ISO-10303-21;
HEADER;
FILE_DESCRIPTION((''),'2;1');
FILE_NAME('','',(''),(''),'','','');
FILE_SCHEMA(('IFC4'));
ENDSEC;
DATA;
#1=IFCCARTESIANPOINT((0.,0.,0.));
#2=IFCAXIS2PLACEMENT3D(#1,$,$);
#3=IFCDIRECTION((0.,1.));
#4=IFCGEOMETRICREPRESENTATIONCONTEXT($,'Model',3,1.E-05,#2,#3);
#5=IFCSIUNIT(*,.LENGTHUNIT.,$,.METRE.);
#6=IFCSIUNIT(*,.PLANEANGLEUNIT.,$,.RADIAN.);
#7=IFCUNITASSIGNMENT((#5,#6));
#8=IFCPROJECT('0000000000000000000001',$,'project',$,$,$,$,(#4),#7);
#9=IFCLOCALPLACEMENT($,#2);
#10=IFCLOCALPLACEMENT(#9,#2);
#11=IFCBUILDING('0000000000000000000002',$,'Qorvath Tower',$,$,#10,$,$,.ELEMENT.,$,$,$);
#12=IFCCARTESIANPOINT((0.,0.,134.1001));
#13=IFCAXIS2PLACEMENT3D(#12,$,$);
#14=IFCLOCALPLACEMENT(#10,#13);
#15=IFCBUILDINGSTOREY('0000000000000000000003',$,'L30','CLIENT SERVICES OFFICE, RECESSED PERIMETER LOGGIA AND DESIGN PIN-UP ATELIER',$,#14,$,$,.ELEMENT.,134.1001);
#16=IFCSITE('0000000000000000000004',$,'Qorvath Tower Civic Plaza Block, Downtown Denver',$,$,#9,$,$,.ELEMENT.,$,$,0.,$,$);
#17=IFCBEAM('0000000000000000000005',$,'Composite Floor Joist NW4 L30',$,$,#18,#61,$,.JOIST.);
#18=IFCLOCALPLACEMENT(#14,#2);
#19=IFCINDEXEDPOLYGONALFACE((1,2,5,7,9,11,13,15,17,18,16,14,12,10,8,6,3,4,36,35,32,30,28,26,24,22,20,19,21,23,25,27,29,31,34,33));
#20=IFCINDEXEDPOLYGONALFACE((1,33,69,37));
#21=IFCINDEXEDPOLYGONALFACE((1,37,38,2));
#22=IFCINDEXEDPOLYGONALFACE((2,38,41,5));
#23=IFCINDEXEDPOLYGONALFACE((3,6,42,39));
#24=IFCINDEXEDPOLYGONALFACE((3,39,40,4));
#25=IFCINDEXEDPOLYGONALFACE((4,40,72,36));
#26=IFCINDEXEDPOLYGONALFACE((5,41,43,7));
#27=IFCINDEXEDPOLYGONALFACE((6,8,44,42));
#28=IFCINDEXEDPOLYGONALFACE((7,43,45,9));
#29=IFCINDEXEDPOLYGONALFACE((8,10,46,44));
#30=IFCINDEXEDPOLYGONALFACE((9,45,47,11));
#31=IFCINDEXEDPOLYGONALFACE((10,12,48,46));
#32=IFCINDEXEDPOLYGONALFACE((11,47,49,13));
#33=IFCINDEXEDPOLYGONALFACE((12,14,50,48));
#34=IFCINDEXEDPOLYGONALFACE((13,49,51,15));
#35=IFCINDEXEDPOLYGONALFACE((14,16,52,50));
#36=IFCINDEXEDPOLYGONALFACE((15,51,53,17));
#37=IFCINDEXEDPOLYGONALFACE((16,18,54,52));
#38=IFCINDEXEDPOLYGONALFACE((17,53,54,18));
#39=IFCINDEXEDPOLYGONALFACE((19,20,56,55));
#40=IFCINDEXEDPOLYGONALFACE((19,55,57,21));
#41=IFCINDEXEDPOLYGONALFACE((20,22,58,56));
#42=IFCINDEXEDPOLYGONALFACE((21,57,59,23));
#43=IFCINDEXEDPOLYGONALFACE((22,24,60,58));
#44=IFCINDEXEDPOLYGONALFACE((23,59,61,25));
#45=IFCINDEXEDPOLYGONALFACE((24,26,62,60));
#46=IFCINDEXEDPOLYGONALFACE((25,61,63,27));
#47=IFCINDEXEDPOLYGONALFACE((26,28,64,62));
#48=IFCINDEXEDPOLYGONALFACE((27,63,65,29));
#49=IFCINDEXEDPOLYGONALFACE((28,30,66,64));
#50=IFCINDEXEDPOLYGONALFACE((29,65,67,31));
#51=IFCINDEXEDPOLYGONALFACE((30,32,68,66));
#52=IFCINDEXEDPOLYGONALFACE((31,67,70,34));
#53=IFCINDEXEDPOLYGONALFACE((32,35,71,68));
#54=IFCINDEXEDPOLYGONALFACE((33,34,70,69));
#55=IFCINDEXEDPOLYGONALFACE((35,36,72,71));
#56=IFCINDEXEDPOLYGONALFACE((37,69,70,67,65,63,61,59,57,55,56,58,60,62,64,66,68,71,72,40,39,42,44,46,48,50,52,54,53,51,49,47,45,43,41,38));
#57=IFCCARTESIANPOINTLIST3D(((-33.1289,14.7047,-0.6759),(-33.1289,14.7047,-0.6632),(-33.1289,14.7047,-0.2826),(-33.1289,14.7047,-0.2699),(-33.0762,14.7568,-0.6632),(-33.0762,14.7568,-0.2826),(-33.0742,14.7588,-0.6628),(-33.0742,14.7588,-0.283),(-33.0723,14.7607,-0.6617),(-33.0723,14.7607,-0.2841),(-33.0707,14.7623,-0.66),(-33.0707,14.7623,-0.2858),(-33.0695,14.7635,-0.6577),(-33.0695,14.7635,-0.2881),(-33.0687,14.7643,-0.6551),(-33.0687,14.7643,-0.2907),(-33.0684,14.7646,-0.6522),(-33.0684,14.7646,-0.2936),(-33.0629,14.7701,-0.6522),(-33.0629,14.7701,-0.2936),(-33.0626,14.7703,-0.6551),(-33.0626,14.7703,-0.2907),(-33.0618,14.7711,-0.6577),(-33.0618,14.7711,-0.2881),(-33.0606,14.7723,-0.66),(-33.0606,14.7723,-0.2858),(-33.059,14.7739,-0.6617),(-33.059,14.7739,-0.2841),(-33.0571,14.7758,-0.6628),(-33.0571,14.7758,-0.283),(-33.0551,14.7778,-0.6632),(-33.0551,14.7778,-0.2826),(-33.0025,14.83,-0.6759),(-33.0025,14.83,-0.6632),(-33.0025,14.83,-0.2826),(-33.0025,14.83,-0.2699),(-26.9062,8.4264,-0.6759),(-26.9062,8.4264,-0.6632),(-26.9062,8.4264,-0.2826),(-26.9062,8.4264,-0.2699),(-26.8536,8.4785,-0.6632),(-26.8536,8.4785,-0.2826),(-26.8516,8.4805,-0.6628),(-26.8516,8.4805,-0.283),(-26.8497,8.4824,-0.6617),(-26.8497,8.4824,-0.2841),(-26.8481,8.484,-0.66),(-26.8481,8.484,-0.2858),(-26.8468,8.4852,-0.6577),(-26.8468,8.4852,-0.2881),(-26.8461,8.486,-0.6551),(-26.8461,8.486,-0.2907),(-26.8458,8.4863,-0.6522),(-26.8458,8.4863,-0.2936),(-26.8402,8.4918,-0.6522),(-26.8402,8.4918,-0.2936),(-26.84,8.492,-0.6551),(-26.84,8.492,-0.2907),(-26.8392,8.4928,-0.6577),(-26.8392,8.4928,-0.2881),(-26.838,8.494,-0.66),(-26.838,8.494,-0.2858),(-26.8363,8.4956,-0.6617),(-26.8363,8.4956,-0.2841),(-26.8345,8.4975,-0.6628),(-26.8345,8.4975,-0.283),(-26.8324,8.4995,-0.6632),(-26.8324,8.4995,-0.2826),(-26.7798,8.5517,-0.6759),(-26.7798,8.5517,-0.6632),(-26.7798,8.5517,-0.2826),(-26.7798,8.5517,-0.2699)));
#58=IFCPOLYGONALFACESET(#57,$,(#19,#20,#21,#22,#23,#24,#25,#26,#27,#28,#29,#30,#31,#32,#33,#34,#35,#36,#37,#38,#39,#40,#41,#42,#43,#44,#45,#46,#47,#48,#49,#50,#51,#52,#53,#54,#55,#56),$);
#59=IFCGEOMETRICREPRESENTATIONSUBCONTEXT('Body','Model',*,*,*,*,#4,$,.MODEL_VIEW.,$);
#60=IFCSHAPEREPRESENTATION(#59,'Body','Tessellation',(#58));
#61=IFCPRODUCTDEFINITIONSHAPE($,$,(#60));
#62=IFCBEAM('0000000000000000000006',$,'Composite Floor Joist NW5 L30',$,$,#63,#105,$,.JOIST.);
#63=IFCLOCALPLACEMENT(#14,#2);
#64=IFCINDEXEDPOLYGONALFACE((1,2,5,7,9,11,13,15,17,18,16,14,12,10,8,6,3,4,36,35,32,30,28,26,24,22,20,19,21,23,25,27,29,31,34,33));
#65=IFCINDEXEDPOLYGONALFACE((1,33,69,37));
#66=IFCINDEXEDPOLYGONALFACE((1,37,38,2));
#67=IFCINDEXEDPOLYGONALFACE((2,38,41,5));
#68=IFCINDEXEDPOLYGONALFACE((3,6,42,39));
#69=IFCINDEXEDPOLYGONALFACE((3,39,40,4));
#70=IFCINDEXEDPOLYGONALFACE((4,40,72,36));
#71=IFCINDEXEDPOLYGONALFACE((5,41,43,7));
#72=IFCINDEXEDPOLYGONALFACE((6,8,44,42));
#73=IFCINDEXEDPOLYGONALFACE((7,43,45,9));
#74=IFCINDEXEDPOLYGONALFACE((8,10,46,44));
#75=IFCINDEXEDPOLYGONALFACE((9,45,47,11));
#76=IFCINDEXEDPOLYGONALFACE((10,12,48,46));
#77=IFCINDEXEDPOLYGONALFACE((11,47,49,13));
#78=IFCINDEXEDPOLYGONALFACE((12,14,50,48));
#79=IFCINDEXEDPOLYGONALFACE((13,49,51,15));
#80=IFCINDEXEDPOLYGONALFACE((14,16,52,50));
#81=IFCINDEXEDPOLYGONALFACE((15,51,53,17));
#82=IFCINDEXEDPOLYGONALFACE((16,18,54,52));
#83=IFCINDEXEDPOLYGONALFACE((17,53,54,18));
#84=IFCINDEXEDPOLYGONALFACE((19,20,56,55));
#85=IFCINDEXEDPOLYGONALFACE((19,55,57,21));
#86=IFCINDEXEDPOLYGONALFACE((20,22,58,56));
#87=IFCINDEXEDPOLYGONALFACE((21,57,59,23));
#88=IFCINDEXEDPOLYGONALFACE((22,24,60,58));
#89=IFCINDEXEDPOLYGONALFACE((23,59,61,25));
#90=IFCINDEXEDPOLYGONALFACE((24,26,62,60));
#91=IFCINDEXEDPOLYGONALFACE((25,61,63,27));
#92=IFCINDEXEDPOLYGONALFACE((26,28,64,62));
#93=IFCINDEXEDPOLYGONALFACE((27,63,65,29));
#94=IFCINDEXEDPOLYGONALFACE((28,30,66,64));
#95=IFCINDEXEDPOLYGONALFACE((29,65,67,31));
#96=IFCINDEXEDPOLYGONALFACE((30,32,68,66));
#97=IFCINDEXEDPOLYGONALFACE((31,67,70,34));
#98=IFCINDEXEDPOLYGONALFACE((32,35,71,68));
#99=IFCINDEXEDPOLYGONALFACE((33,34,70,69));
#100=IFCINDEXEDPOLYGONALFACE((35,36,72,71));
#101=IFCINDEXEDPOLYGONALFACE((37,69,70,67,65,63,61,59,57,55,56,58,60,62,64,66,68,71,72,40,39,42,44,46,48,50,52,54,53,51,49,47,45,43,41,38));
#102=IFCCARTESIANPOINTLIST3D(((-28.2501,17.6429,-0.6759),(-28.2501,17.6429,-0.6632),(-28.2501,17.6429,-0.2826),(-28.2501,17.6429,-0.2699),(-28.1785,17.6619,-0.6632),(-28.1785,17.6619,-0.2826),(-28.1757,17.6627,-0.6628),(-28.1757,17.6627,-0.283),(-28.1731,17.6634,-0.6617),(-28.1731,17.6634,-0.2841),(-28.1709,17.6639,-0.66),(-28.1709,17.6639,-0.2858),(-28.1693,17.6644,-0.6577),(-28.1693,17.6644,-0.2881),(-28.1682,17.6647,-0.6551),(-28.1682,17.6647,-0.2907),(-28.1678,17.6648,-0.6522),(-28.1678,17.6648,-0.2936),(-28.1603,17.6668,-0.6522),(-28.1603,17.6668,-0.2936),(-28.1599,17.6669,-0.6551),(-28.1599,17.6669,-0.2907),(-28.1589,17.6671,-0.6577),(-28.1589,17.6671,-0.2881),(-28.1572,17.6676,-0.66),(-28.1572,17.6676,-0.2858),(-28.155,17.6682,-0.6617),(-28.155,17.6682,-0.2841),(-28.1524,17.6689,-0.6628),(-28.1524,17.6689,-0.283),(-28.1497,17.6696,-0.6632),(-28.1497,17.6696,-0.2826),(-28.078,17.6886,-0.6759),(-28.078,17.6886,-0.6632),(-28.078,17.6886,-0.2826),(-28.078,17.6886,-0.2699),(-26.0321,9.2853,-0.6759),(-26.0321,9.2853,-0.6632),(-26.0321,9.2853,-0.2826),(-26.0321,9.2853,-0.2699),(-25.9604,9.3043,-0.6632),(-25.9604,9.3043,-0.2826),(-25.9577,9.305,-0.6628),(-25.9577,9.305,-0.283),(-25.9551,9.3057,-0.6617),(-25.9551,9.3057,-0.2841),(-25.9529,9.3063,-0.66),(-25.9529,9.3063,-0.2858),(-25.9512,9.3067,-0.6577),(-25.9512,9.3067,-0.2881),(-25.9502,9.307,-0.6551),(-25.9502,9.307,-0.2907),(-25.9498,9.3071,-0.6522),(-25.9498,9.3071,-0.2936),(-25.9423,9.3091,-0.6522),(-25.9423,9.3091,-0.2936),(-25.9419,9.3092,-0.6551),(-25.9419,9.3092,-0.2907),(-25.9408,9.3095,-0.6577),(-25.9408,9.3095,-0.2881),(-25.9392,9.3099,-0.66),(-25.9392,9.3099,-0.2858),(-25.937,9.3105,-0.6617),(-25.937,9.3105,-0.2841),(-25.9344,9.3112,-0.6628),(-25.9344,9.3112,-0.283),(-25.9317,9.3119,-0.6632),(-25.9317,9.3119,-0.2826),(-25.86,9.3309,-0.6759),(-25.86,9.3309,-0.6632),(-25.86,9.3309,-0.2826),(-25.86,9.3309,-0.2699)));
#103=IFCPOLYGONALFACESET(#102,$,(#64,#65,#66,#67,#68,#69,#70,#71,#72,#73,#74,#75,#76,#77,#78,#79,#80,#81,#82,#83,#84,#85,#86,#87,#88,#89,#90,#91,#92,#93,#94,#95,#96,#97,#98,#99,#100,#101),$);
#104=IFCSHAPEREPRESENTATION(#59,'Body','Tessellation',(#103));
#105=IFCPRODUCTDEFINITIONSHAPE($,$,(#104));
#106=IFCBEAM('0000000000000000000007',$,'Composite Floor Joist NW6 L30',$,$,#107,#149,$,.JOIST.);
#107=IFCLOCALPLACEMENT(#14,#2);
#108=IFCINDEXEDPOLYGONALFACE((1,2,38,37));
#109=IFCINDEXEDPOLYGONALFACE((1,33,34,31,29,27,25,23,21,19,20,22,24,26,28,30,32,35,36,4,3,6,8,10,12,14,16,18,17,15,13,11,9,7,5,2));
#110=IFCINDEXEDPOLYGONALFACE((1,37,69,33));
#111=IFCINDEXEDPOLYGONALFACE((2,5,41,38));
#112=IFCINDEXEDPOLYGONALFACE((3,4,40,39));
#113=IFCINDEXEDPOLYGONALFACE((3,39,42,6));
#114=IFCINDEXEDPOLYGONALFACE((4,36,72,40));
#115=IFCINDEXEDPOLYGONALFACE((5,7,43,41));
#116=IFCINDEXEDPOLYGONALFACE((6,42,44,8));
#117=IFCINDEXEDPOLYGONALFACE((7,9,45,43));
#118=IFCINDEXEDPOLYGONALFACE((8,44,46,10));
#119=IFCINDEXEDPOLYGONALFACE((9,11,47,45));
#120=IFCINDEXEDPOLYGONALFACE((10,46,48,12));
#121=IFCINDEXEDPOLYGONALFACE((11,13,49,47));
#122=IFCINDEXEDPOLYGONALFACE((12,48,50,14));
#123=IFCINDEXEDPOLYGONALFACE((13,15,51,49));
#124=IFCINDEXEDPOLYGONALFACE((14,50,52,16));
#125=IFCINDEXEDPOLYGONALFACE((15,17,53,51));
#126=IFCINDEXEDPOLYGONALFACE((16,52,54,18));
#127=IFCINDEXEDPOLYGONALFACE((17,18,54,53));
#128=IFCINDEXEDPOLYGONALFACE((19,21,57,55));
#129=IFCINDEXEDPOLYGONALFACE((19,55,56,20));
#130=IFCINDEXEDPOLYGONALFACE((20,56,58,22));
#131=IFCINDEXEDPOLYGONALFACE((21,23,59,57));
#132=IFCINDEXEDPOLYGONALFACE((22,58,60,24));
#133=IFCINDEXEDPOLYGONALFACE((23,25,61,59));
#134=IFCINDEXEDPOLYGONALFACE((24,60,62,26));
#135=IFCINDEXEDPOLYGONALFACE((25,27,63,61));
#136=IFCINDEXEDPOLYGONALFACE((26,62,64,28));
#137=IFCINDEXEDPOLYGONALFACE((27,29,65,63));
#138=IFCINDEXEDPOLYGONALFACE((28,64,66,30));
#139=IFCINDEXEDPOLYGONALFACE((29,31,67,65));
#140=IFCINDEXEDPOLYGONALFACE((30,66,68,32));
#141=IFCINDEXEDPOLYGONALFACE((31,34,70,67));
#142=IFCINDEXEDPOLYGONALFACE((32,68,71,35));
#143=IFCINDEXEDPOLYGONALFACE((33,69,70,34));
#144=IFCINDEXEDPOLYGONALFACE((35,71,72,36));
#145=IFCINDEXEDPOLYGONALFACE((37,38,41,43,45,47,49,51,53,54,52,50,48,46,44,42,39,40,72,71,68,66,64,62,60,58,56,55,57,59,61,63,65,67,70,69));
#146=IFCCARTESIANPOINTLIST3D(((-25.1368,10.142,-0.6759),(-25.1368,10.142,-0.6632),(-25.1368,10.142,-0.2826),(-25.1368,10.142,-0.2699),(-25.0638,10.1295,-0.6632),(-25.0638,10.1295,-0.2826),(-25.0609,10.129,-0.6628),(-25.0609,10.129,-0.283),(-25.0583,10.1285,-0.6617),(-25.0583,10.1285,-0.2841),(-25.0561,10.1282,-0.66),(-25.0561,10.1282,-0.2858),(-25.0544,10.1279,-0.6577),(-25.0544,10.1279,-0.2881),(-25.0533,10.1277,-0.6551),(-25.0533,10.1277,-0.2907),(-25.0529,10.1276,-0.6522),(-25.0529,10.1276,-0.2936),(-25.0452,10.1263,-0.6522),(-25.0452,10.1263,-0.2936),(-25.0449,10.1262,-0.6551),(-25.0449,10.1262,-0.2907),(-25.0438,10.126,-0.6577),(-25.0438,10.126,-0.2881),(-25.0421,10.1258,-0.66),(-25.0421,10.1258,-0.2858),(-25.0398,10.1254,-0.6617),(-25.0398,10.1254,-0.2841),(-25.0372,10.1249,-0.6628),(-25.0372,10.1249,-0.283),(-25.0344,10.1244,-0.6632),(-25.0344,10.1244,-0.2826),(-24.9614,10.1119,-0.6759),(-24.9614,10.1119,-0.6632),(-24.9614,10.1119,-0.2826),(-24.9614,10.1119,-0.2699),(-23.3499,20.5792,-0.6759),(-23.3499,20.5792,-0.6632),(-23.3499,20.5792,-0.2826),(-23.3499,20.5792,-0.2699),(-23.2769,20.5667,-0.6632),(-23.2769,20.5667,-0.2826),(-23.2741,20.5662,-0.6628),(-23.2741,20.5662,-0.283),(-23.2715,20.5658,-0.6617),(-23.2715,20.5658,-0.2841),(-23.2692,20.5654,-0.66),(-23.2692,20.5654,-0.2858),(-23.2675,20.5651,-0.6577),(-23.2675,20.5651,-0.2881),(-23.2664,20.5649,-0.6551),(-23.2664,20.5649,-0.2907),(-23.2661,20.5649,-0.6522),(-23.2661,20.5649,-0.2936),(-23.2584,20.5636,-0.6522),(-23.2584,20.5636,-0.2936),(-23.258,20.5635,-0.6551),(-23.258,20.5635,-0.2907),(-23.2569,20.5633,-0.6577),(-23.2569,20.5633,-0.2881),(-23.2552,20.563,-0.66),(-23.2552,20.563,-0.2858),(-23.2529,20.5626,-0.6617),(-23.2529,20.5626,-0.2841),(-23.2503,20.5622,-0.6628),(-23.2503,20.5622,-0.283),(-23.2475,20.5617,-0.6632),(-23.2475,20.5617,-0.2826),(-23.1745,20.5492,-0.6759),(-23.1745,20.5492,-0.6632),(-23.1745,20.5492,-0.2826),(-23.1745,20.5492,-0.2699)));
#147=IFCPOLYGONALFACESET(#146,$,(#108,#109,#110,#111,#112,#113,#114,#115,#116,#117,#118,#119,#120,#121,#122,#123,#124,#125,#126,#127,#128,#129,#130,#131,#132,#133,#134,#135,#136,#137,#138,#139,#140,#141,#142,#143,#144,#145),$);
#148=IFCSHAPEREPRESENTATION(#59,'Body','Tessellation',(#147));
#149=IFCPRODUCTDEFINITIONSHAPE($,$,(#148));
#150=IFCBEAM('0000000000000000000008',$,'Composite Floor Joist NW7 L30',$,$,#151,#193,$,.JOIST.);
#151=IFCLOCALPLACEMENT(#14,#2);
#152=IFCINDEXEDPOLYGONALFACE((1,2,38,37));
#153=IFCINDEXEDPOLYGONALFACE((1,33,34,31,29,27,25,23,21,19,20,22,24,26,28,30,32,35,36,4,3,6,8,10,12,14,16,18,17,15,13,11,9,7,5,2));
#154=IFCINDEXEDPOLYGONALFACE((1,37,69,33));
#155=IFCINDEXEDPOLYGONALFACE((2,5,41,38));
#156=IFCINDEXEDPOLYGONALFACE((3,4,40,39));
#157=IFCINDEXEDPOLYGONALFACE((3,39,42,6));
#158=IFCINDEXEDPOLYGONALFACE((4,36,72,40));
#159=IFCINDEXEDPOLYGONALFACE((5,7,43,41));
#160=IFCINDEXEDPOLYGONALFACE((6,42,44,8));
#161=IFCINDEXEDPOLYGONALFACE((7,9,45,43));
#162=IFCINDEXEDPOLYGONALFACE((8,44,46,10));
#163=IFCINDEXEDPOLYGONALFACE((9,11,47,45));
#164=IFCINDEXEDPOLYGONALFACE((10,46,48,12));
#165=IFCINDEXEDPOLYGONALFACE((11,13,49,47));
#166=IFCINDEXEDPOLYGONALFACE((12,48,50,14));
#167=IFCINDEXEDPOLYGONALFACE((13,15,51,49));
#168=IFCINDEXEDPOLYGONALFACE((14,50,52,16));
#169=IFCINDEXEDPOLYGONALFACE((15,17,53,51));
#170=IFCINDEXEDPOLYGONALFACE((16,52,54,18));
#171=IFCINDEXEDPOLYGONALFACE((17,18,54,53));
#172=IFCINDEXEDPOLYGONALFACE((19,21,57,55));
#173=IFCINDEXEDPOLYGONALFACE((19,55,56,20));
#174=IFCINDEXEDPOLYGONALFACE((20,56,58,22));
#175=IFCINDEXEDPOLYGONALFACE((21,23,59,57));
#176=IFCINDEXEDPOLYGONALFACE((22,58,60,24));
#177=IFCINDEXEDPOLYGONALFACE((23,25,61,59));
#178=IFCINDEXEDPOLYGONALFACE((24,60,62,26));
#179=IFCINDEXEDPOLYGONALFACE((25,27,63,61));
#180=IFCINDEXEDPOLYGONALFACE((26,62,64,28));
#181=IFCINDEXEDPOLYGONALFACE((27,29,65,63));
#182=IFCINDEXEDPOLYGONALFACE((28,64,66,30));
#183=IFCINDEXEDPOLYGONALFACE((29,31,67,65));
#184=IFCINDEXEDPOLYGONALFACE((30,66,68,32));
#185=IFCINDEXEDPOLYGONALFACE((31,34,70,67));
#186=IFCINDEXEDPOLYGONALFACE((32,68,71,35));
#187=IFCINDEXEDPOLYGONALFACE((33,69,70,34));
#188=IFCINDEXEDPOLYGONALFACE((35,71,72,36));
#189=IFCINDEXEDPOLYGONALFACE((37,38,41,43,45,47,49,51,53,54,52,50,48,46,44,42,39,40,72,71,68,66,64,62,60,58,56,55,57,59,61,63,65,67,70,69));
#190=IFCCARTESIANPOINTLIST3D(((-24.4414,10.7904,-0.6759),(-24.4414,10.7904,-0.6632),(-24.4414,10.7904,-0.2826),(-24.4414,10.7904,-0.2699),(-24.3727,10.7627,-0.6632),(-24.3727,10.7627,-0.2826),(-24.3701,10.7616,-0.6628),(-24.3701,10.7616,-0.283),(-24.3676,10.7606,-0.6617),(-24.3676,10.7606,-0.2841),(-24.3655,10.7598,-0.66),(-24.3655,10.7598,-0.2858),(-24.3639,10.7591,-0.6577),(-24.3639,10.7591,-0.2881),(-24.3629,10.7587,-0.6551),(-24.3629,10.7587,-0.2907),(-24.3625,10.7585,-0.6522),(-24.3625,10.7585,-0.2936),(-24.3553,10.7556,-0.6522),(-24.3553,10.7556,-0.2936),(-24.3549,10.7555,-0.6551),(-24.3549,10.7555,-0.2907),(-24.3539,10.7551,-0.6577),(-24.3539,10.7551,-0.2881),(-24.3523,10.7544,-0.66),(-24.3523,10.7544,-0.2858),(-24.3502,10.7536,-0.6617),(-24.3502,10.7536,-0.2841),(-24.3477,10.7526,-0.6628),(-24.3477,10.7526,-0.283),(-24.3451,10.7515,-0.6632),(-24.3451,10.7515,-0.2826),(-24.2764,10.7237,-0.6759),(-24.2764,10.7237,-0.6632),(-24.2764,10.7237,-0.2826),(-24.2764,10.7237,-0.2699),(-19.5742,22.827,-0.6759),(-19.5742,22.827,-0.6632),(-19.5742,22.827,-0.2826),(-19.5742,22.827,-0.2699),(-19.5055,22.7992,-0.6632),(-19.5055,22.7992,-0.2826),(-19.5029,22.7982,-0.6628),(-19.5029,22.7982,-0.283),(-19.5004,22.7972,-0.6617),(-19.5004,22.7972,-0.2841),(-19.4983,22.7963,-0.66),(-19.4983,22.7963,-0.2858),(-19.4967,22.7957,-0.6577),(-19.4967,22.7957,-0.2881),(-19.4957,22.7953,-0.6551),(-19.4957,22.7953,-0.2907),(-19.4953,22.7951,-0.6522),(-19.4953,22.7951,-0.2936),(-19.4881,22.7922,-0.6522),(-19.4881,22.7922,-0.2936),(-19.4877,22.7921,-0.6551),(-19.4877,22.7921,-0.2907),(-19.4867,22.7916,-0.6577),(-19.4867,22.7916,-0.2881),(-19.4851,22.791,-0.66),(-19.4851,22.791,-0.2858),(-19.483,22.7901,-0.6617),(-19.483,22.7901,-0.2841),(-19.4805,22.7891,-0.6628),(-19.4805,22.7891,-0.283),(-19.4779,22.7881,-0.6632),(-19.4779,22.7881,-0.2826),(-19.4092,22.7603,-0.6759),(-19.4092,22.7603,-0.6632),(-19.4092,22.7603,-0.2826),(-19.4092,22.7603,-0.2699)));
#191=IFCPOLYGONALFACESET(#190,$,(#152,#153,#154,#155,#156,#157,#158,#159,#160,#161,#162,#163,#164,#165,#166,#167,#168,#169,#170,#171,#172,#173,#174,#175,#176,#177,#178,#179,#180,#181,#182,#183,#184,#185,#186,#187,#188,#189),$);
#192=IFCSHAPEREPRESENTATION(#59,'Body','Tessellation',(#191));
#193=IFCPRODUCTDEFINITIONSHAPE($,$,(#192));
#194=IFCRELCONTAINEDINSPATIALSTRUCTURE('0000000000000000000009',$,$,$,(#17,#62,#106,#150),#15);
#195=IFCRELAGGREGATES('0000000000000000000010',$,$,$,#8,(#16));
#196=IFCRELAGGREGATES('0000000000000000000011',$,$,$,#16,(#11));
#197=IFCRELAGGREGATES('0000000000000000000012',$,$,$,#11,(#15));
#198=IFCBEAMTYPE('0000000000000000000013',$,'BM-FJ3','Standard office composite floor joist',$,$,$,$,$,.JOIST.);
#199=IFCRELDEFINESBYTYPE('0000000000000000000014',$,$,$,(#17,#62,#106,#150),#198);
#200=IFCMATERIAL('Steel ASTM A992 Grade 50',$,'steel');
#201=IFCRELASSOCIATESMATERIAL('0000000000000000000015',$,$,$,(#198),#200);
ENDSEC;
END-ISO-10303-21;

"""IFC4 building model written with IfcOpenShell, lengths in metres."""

from ifc_helpers import new_model, si_unit, direction, frame, origin, origin_2d, place, context, subcontext, project, spatial, i_section, extrude, material, material_profile, profile_set, type_object, element, save


model = new_model("IFC4")

# Units and contexts
model_context = context("Model", 3, precision=1e-05, world=origin(), true_north=direction((0.0, 1.0)))
body_context = subcontext(model_context, "Body", "Model", "MODEL_VIEW")
ifc_project = project(units=[si_unit("LENGTHUNIT", "METRE"), si_unit("PLANEANGLEUNIT", "RADIAN")], contexts=[model_context])

# Site, building, storey
site_placement = place(None, origin())
site = spatial("IfcSite", under=ifc_project, at=site_placement, Name="Qorvath Tower Civic Plaza Block, Downtown Denver", CompositionType="ELEMENT", RefElevation=0.0)
building_placement = place(site_placement, origin())
building = spatial("IfcBuilding", under=site, at=building_placement, Name="Qorvath Tower", CompositionType="ELEMENT")
storey_placement = place(building_placement, frame((0.0, 0.0, 134.1001)))
storey = spatial("IfcBuildingStorey", under=building, at=storey_placement, Name="L30", Description="CLIENT SERVICES OFFICE, RECESSED PERIMETER LOGGIA AND DESIGN PIN-UP ATELIER", CompositionType="ELEMENT", Elevation=134.1001)

# Beams
ifc_material_1 = material(Name="Steel ASTM A992 Grade 50", Category="steel")
ifc_material_profile_1 = material_profile(ifc_material_1, i_section(OverallWidth=0.178, OverallDepth=0.406, WebThickness=0.0078, FlangeThickness=0.0127, FilletRadius=0.011, at=origin_2d()), Name="W16x40")
ifc_profile_set_1 = profile_set([ifc_material_profile_1], Name="Steel ASTM A992 Grade 50")
beam_type_1 = type_object("IfcBeamType", Name="BM-FJ3", Description="Standard office composite floor joist", PredefinedType="JOIST", material=ifc_profile_set_1)
beam_1_placement = place(storey_placement, frame((-26.843, 8.489, -0.4729), z_axis=(-0.703951, 0.710248, 0.0), x_axis=(-0.710248, -0.703951, 0.0)))
element("IfcBeam", 1, at=beam_1_placement, inside=storey, type_object=beam_type_1, Name="Composite Floor Joist NW4 L30", PredefinedType="JOIST", context=body_context, shape_type="SweptSolid", body=[
    extrude(i_section(OverallWidth=0.178, OverallDepth=0.406, WebThickness=0.0078, FlangeThickness=0.0127, FilletRadius=0.011, at=origin_2d()), origin(), (0.0, 0.0, 1.0), 8.8396),
])
beam_2_placement = place(storey_placement, frame((-25.946, 9.3081, -0.4729), z_axis=(-0.256508, 0.966542, 0.0), x_axis=(-0.966542, -0.256508, 0.0)))
element("IfcBeam", 2, at=beam_2_placement, inside=storey, type_object=beam_type_1, Name="Composite Floor Joist NW5 L30", PredefinedType="JOIST", context=body_context, shape_type="SweptSolid", body=[
    extrude(i_section(OverallWidth=0.178, OverallDepth=0.406, WebThickness=0.0078, FlangeThickness=0.0127, FilletRadius=0.011, at=origin_2d()), origin(), (0.0, 0.0, 1.0), 8.647),
])
beam_3_placement = place(storey_placement, frame((-25.0491, 10.127, -0.4729), z_axis=(0.168746, 0.98566, 0.0), x_axis=(-0.98566, 0.168746, 0.0)))
element("IfcBeam", 3, at=beam_3_placement, inside=storey, type_object=beam_type_1, Name="Composite Floor Joist NW6 L30", PredefinedType="JOIST", context=body_context, shape_type="SweptSolid", body=[
    extrude(i_section(OverallWidth=0.178, OverallDepth=0.406, WebThickness=0.0078, FlangeThickness=0.0127, FilletRadius=0.011, at=origin_2d()), origin(), (0.0, 0.0, 1.0), 10.5891),
])
beam_4_placement = place(storey_placement, frame((-24.3589, 10.7571, -0.4729), z_axis=(0.374877, 0.927075, 0.0), x_axis=(-0.927075, 0.374877, 0.0)))
element("IfcBeam", 4, at=beam_4_placement, inside=storey, type_object=beam_type_1, Name="Composite Floor Joist NW7 L30", PredefinedType="JOIST", context=body_context, shape_type="SweptSolid", body=[
    extrude(i_section(OverallWidth=0.178, OverallDepth=0.406, WebThickness=0.0078, FlangeThickness=0.0127, FilletRadius=0.011, at=origin_2d()), origin(), (0.0, 0.0, 1.0), 12.9834),
])

save(model, "model.ifc")
